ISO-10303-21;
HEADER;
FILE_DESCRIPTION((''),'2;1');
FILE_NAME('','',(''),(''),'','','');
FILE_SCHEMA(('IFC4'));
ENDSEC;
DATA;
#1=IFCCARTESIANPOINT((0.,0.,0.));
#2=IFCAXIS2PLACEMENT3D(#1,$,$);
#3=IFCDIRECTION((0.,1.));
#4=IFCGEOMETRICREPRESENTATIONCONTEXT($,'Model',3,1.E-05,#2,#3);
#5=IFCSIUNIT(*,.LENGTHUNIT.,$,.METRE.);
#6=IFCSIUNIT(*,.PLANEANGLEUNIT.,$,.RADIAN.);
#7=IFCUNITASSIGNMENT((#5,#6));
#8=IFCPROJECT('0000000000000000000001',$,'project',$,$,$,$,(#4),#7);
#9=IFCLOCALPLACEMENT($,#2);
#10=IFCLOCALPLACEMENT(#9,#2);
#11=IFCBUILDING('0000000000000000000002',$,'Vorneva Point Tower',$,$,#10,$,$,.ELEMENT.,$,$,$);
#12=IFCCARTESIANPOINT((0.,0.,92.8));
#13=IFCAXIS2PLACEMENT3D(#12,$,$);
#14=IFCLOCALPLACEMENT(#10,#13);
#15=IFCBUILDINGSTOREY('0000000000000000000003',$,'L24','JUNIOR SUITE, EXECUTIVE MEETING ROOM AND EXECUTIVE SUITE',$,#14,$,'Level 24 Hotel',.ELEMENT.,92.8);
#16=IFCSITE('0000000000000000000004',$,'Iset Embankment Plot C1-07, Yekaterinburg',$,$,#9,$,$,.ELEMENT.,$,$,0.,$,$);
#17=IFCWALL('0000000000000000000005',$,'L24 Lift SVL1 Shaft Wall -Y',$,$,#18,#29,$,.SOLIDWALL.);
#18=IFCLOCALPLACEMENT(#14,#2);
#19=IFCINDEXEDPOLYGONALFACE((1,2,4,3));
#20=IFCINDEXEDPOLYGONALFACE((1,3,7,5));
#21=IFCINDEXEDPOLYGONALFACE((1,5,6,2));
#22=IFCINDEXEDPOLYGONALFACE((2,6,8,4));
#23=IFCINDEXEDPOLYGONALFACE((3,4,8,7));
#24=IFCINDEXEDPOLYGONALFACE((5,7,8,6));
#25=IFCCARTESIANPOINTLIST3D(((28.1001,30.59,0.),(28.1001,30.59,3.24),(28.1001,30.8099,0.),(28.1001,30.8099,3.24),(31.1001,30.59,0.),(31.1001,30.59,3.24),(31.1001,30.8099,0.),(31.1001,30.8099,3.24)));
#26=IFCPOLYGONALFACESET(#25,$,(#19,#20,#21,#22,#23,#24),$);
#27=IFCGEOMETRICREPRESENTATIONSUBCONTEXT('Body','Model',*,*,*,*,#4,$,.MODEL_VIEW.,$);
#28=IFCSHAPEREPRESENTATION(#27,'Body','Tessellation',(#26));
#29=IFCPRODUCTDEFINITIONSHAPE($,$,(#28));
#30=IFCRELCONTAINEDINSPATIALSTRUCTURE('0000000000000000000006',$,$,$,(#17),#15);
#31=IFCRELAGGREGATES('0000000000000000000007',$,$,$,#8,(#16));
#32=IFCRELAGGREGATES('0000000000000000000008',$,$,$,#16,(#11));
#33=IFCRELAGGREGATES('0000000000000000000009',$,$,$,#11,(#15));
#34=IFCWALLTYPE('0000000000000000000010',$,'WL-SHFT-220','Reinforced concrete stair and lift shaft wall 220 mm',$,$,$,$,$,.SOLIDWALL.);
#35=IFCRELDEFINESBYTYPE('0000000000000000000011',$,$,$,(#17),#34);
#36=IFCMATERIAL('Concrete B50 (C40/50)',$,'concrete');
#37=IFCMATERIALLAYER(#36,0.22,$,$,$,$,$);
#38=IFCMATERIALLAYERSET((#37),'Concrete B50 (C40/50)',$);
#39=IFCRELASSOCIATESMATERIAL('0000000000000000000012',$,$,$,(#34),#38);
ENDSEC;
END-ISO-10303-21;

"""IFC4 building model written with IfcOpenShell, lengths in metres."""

from ifc_helpers import new_model, si_unit, direction, frame, frame_2d, origin, place, context, subcontext, project, spatial, rectangle, extrude, material, layer, layer_set, type_object, element, save


model = new_model("IFC4")

# Units and contexts
model_context = context("Model", 3, precision=1e-05, world=origin(), true_north=direction((0.0, 1.0)))
body_context = subcontext(model_context, "Body", "Model", "MODEL_VIEW")
ifc_project = project(units=[si_unit("LENGTHUNIT", "METRE"), si_unit("PLANEANGLEUNIT", "RADIAN")], contexts=[model_context])

# Site, building, storey
site_placement = place(None, origin())
site = spatial("IfcSite", under=ifc_project, at=site_placement, Name="Iset Embankment Plot C1-07, Yekaterinburg", CompositionType="ELEMENT", RefElevation=0.0)
building_placement = place(site_placement, origin())
building = spatial("IfcBuilding", under=site, at=building_placement, Name="Vorneva Point Tower", CompositionType="ELEMENT")
storey_placement = place(building_placement, frame((0.0, 0.0, 92.8)))
storey = spatial("IfcBuildingStorey", under=building, at=storey_placement, Name="L24", Description="JUNIOR SUITE, EXECUTIVE MEETING ROOM AND EXECUTIVE SUITE", LongName="Level 24 Hotel", CompositionType="ELEMENT", Elevation=92.8)

# Shared definitions
ifc_material_1 = material(Name="Concrete B50 (C40/50)", Category="concrete")
ifc_layer_1 = layer(ifc_material_1, 0.22)
ifc_layer_set_1 = layer_set([ifc_layer_1], Name="Concrete B50 (C40/50)")
wall_type_1 = type_object("IfcWallType", Name="WL-SHFT-220", Description="Reinforced concrete stair and lift shaft wall 220 mm", PredefinedType="SOLIDWALL", material=ifc_layer_set_1)

# Wall
wall_1_placement = place(storey_placement, frame((28.1001, 30.7, 0.0), z_axis=(0.0, 0.0, 1.0), x_axis=(1.0, 0.0, 0.0)))
element("IfcWall", 1, at=wall_1_placement, inside=storey, type_object=wall_type_1, Name="L24 Lift SVL1 Shaft Wall -Y", PredefinedType="SOLIDWALL", context=body_context, shape_type="SweptSolid", body=[
    extrude(rectangle(XDim=3.0, YDim=0.22, at=frame_2d((1.5, 0.0))), origin(), (0.0, 0.0, 1.0), 3.24),
])

save(model, "model.ifc")
